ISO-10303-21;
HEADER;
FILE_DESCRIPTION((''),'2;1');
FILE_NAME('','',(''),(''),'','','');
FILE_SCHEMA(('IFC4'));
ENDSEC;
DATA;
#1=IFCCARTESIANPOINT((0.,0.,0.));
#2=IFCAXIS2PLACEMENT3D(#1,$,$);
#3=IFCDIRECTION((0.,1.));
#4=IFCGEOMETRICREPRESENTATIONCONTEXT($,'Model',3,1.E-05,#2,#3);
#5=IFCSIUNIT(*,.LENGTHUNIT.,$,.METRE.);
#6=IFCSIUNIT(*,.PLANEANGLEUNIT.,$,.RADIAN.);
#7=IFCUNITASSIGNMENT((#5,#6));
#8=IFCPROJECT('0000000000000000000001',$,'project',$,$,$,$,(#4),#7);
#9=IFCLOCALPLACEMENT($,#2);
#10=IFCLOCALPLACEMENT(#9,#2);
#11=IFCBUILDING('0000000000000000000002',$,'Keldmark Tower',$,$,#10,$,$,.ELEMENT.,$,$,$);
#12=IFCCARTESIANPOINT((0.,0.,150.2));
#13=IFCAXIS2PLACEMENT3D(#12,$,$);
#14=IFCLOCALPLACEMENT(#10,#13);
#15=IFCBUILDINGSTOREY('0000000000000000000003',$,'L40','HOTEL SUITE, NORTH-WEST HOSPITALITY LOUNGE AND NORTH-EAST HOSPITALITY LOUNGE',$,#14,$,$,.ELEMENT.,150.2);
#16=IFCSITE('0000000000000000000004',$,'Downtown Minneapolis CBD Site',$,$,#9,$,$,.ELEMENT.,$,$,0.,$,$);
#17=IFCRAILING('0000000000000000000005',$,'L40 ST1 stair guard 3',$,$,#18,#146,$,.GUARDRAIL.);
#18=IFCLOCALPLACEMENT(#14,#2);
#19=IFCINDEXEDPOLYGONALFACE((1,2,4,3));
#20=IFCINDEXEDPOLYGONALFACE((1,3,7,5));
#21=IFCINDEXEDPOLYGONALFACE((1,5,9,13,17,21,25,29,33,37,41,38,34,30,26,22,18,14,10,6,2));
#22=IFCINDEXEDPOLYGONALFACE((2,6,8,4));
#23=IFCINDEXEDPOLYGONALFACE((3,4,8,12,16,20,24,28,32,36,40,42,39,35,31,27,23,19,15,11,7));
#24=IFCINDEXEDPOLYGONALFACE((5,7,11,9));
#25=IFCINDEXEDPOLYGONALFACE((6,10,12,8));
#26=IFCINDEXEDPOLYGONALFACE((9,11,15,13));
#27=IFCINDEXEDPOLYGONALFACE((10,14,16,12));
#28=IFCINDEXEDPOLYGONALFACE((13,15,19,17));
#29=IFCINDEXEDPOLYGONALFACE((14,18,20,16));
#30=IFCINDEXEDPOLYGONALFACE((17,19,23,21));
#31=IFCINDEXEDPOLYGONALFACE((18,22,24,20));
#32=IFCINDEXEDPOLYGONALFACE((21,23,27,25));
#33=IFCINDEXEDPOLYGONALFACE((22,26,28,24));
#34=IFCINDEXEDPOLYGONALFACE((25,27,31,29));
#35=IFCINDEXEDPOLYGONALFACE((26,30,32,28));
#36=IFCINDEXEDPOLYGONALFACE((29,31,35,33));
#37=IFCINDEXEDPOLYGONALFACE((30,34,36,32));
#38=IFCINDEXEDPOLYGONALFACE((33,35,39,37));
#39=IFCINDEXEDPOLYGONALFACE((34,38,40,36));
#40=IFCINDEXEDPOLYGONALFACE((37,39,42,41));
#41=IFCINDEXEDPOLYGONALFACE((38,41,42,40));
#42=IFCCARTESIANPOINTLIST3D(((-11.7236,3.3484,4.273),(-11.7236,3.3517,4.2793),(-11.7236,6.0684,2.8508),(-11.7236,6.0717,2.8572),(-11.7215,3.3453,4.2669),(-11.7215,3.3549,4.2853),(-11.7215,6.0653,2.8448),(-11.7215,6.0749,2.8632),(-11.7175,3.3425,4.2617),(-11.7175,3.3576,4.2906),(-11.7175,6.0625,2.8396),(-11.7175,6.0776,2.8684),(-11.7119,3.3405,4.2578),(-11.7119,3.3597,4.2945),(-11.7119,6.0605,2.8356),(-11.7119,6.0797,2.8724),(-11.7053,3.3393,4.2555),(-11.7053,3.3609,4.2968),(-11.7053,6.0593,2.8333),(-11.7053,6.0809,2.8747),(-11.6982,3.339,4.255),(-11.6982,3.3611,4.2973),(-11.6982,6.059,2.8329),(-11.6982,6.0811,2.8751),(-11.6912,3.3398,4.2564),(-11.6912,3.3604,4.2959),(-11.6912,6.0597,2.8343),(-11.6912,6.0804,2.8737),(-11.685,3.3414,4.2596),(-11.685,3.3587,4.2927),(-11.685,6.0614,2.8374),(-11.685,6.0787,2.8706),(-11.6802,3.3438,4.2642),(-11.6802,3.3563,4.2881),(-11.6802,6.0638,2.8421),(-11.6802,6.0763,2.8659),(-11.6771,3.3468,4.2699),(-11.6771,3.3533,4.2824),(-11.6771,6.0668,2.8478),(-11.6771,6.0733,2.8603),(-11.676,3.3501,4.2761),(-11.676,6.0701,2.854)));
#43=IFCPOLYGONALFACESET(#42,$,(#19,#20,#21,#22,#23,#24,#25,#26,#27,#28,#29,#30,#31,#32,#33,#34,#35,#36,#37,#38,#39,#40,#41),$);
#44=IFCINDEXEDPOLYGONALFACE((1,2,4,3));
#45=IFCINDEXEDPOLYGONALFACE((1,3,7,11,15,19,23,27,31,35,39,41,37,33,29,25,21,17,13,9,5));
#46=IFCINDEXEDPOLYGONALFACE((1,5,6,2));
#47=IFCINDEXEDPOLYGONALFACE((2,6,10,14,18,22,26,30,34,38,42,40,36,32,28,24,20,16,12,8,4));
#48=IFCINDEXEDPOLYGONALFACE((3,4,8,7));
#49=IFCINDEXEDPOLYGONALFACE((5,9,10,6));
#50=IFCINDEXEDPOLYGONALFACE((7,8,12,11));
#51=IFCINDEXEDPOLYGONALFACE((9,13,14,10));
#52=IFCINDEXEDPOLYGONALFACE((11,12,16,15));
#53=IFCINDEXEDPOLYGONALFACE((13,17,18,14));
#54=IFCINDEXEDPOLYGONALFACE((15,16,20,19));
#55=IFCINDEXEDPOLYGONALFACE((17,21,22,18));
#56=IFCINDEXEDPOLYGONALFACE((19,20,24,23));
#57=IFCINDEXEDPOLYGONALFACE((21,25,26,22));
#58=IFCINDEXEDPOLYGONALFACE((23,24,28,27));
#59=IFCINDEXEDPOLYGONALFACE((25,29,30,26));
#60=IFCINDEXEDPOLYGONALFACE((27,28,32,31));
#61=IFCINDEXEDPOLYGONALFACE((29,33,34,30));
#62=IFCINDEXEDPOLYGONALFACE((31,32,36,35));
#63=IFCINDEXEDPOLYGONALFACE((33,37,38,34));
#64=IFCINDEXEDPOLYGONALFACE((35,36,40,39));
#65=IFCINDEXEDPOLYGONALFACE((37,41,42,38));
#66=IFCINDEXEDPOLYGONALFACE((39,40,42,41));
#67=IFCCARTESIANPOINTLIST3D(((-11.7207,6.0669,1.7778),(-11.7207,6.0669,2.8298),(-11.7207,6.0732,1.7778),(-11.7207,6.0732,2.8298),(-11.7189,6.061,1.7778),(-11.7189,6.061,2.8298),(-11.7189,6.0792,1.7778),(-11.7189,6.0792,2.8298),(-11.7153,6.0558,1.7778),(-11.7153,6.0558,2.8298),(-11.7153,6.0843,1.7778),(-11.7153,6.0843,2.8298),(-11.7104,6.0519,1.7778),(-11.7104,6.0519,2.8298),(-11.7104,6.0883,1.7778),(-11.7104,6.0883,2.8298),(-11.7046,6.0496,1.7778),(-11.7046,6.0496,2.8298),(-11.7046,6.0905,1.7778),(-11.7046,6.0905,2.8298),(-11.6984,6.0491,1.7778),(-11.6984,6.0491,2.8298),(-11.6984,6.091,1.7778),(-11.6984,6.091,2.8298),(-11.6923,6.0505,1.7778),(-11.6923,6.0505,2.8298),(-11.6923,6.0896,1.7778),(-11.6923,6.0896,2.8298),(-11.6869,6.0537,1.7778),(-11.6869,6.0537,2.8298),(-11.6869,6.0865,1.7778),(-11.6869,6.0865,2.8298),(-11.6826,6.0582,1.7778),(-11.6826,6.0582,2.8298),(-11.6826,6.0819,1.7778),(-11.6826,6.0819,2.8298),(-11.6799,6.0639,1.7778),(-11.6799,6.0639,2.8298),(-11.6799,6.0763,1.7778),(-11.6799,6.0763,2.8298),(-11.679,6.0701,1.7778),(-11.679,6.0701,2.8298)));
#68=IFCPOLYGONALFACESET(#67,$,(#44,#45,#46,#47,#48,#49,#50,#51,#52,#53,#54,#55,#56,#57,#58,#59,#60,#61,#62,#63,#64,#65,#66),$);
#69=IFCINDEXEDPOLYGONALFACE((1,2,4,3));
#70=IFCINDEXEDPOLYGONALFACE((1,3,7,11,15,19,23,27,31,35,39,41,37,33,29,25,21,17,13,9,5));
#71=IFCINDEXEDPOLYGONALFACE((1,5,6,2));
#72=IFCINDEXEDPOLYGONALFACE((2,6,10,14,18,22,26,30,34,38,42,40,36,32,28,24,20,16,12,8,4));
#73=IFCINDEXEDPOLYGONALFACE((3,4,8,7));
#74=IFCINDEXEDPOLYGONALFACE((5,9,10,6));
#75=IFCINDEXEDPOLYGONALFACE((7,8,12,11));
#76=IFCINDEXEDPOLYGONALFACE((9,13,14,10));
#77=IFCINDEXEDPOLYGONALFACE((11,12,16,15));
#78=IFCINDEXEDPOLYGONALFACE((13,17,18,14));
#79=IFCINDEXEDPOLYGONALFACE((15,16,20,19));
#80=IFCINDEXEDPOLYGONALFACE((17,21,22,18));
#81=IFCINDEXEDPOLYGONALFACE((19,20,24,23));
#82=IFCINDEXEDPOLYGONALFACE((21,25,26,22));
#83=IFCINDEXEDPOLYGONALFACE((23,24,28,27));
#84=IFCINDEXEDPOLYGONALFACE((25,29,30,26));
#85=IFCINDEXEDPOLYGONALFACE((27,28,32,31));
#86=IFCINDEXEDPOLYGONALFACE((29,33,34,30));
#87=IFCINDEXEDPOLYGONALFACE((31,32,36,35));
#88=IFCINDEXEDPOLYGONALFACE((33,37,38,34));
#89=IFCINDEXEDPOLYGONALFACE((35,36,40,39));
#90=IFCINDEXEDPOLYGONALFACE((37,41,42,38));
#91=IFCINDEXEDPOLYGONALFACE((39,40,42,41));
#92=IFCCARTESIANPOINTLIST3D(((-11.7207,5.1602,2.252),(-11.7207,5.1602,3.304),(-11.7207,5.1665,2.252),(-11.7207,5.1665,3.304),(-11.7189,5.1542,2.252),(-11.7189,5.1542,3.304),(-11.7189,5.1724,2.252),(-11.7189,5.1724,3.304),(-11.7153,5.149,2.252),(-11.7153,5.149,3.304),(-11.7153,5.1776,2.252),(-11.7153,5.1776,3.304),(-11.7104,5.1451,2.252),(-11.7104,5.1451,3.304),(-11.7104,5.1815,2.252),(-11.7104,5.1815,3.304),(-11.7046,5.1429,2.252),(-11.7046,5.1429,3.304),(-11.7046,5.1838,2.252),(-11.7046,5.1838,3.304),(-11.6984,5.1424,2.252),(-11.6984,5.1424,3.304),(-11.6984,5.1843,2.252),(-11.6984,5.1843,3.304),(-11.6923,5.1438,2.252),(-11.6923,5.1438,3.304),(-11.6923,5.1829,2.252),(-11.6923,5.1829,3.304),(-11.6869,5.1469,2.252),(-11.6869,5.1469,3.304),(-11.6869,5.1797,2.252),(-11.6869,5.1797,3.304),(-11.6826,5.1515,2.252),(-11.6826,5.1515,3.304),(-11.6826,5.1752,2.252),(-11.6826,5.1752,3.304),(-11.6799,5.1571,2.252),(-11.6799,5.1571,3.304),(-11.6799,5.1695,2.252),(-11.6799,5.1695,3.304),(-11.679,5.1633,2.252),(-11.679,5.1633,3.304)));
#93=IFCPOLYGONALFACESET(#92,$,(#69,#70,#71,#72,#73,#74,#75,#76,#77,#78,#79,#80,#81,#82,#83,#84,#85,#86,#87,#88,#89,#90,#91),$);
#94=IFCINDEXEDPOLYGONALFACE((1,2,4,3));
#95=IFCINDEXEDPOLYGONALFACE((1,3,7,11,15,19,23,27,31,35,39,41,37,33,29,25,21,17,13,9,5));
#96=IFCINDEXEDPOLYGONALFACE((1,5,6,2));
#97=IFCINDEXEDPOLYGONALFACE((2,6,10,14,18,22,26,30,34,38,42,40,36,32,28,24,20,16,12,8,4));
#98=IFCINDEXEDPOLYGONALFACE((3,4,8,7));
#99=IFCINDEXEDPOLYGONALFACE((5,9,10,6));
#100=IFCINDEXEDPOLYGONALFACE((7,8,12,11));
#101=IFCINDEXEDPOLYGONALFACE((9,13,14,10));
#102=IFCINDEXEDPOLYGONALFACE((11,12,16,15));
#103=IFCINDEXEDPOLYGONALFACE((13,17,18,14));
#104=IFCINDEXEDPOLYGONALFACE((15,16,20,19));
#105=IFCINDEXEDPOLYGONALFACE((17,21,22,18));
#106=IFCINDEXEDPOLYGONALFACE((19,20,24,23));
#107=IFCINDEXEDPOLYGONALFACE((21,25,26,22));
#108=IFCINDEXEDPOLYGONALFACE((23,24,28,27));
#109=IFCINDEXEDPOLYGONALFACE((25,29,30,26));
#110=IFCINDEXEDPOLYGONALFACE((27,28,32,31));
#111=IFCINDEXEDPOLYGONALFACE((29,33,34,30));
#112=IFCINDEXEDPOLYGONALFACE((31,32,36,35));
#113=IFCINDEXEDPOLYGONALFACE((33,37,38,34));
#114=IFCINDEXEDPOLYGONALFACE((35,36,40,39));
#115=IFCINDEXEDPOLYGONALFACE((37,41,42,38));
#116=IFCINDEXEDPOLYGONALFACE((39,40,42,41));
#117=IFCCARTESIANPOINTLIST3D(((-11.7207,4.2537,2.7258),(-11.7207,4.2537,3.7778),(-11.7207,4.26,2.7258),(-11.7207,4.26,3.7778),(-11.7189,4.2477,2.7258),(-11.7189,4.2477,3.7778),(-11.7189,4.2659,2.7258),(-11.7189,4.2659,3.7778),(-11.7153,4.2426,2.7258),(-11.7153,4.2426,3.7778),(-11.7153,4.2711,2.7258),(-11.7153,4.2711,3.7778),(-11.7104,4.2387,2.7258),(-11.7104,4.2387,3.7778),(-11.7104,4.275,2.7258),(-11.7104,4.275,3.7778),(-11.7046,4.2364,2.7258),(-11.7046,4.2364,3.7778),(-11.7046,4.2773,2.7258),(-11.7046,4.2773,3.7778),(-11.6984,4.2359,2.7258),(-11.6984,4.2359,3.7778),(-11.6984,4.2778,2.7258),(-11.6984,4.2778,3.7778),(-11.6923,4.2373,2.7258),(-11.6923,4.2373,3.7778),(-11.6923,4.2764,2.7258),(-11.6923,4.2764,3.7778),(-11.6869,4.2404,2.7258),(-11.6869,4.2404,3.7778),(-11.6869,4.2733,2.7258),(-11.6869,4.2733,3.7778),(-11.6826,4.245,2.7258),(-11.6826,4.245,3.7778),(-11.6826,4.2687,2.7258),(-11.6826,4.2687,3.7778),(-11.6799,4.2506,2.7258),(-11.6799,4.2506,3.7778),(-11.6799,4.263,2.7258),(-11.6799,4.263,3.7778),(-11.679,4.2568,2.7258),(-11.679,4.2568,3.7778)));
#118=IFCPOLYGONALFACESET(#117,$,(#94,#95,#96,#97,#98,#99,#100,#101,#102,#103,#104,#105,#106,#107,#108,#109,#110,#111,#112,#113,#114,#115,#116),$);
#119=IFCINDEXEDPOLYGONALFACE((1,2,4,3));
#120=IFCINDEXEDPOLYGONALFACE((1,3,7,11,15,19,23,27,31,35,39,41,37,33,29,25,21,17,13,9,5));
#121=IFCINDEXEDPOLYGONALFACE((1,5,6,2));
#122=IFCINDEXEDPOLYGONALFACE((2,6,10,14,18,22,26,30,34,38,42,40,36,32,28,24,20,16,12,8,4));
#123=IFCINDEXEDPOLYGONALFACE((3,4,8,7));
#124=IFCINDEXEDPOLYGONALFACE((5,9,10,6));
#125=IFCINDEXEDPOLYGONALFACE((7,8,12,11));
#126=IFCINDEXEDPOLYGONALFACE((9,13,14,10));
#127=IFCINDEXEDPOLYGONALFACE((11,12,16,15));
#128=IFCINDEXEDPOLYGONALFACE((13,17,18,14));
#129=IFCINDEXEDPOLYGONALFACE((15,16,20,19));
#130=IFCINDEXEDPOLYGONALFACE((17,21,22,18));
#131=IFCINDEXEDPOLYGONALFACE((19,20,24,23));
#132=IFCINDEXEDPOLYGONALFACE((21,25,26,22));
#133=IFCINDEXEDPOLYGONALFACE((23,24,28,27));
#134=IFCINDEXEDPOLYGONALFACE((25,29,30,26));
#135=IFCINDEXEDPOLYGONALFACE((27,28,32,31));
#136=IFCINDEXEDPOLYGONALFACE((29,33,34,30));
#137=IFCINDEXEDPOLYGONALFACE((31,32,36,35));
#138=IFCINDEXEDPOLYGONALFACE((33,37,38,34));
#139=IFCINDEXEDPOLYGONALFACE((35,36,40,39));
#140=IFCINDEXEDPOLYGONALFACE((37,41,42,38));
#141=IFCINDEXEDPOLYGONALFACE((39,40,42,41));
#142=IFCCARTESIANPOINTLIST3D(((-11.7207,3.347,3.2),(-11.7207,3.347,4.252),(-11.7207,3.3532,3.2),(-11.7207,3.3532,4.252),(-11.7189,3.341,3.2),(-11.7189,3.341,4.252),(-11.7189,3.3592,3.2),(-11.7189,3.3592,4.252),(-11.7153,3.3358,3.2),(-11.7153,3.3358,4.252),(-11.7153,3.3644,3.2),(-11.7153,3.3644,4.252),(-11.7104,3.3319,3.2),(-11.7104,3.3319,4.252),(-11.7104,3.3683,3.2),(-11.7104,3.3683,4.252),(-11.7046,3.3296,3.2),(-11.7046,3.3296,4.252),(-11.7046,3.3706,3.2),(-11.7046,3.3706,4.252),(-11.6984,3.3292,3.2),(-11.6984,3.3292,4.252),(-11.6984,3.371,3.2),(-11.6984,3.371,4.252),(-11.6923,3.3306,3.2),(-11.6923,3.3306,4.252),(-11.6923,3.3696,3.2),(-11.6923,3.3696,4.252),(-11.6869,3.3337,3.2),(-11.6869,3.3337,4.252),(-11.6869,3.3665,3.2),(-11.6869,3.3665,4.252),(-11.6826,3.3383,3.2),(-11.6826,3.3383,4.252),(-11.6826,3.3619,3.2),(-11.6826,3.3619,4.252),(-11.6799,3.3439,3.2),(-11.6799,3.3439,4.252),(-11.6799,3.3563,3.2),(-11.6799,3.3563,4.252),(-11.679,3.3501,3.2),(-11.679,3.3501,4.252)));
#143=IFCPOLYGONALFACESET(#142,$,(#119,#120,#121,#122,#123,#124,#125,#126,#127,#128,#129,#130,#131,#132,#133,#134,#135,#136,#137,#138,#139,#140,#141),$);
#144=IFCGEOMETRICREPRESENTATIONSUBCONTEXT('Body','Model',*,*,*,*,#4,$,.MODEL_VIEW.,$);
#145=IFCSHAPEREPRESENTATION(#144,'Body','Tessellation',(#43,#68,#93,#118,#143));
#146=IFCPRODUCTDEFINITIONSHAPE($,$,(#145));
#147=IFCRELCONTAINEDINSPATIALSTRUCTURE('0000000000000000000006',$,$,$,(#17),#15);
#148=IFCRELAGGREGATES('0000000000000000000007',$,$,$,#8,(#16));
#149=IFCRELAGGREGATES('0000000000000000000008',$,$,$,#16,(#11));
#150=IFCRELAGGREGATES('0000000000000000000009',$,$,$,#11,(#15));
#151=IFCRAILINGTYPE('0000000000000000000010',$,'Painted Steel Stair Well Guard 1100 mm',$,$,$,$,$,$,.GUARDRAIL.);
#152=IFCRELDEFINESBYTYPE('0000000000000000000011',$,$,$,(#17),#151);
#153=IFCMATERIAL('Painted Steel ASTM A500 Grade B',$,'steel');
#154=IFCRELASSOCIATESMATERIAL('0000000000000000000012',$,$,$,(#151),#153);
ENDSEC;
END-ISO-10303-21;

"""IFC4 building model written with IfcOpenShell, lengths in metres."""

from ifc_helpers import new_model, si_unit, direction, frame, origin, origin_2d, place, context, subcontext, project, spatial, circle, extrude, material, type_object, element, save


model = new_model("IFC4")

# Units and contexts
model_context = context("Model", 3, precision=1e-05, world=origin(), true_north=direction((0.0, 1.0)))
body_context = subcontext(model_context, "Body", "Model", "MODEL_VIEW")
ifc_project = project(units=[si_unit("LENGTHUNIT", "METRE"), si_unit("PLANEANGLEUNIT", "RADIAN")], contexts=[model_context])

# Site, building, storey
site_placement = place(None, origin())
site = spatial("IfcSite", under=ifc_project, at=site_placement, Name="Downtown Minneapolis CBD Site", CompositionType="ELEMENT", RefElevation=0.0)
building_placement = place(site_placement, origin())
building = spatial("IfcBuilding", under=site, at=building_placement, Name="Keldmark Tower", CompositionType="ELEMENT")
storey_placement = place(building_placement, frame((0.0, 0.0, 150.2)))
storey = spatial("IfcBuildingStorey", under=building, at=storey_placement, Name="L40", Description="HOTEL SUITE, NORTH-WEST HOSPITALITY LOUNGE AND NORTH-EAST HOSPITALITY LOUNGE", CompositionType="ELEMENT", Elevation=150.2)

# Railing
ifc_material_1 = material(Name="Painted Steel ASTM A500 Grade B", Category="steel")
railing_type_1 = type_object("IfcRailingType", Name="Painted Steel Stair Well Guard 1100 mm", PredefinedType="GUARDRAIL", material=ifc_material_1)
railing_1_placement = place(storey_placement, frame((-11.7, 6.0701, 1.7778)))
element("IfcRailing", 1, at=railing_1_placement, inside=storey, type_object=railing_type_1, Name="L40 ST1 stair guard 3", PredefinedType="GUARDRAIL", context=body_context, shape_type="SweptSolid", body=[
    extrude(circle(Radius=0.0239, at=origin_2d()), frame((0.0, 0.0, 1.0762), z_axis=(0.0, -0.886183, 0.463335), x_axis=(1.0, 0.0, 0.0)), (0.0, 0.0, 1.0), 3.0693),
    extrude(circle(Radius=0.021, at=origin_2d()), origin(), (0.0, 0.0, 1.0), 1.052),
    extrude(circle(Radius=0.021, at=origin_2d()), frame((0.0, -0.9067, 0.4741)), (0.0, 0.0, 1.0), 1.052),
    extrude(circle(Radius=0.021, at=origin_2d()), frame((0.0, -1.8132, 0.948)), (0.0, 0.0, 1.0), 1.052),
    extrude(circle(Radius=0.021, at=origin_2d()), frame((0.0, -2.72, 1.4221)), (0.0, 0.0, 1.0), 1.052),
])

save(model, "model.ifc")
